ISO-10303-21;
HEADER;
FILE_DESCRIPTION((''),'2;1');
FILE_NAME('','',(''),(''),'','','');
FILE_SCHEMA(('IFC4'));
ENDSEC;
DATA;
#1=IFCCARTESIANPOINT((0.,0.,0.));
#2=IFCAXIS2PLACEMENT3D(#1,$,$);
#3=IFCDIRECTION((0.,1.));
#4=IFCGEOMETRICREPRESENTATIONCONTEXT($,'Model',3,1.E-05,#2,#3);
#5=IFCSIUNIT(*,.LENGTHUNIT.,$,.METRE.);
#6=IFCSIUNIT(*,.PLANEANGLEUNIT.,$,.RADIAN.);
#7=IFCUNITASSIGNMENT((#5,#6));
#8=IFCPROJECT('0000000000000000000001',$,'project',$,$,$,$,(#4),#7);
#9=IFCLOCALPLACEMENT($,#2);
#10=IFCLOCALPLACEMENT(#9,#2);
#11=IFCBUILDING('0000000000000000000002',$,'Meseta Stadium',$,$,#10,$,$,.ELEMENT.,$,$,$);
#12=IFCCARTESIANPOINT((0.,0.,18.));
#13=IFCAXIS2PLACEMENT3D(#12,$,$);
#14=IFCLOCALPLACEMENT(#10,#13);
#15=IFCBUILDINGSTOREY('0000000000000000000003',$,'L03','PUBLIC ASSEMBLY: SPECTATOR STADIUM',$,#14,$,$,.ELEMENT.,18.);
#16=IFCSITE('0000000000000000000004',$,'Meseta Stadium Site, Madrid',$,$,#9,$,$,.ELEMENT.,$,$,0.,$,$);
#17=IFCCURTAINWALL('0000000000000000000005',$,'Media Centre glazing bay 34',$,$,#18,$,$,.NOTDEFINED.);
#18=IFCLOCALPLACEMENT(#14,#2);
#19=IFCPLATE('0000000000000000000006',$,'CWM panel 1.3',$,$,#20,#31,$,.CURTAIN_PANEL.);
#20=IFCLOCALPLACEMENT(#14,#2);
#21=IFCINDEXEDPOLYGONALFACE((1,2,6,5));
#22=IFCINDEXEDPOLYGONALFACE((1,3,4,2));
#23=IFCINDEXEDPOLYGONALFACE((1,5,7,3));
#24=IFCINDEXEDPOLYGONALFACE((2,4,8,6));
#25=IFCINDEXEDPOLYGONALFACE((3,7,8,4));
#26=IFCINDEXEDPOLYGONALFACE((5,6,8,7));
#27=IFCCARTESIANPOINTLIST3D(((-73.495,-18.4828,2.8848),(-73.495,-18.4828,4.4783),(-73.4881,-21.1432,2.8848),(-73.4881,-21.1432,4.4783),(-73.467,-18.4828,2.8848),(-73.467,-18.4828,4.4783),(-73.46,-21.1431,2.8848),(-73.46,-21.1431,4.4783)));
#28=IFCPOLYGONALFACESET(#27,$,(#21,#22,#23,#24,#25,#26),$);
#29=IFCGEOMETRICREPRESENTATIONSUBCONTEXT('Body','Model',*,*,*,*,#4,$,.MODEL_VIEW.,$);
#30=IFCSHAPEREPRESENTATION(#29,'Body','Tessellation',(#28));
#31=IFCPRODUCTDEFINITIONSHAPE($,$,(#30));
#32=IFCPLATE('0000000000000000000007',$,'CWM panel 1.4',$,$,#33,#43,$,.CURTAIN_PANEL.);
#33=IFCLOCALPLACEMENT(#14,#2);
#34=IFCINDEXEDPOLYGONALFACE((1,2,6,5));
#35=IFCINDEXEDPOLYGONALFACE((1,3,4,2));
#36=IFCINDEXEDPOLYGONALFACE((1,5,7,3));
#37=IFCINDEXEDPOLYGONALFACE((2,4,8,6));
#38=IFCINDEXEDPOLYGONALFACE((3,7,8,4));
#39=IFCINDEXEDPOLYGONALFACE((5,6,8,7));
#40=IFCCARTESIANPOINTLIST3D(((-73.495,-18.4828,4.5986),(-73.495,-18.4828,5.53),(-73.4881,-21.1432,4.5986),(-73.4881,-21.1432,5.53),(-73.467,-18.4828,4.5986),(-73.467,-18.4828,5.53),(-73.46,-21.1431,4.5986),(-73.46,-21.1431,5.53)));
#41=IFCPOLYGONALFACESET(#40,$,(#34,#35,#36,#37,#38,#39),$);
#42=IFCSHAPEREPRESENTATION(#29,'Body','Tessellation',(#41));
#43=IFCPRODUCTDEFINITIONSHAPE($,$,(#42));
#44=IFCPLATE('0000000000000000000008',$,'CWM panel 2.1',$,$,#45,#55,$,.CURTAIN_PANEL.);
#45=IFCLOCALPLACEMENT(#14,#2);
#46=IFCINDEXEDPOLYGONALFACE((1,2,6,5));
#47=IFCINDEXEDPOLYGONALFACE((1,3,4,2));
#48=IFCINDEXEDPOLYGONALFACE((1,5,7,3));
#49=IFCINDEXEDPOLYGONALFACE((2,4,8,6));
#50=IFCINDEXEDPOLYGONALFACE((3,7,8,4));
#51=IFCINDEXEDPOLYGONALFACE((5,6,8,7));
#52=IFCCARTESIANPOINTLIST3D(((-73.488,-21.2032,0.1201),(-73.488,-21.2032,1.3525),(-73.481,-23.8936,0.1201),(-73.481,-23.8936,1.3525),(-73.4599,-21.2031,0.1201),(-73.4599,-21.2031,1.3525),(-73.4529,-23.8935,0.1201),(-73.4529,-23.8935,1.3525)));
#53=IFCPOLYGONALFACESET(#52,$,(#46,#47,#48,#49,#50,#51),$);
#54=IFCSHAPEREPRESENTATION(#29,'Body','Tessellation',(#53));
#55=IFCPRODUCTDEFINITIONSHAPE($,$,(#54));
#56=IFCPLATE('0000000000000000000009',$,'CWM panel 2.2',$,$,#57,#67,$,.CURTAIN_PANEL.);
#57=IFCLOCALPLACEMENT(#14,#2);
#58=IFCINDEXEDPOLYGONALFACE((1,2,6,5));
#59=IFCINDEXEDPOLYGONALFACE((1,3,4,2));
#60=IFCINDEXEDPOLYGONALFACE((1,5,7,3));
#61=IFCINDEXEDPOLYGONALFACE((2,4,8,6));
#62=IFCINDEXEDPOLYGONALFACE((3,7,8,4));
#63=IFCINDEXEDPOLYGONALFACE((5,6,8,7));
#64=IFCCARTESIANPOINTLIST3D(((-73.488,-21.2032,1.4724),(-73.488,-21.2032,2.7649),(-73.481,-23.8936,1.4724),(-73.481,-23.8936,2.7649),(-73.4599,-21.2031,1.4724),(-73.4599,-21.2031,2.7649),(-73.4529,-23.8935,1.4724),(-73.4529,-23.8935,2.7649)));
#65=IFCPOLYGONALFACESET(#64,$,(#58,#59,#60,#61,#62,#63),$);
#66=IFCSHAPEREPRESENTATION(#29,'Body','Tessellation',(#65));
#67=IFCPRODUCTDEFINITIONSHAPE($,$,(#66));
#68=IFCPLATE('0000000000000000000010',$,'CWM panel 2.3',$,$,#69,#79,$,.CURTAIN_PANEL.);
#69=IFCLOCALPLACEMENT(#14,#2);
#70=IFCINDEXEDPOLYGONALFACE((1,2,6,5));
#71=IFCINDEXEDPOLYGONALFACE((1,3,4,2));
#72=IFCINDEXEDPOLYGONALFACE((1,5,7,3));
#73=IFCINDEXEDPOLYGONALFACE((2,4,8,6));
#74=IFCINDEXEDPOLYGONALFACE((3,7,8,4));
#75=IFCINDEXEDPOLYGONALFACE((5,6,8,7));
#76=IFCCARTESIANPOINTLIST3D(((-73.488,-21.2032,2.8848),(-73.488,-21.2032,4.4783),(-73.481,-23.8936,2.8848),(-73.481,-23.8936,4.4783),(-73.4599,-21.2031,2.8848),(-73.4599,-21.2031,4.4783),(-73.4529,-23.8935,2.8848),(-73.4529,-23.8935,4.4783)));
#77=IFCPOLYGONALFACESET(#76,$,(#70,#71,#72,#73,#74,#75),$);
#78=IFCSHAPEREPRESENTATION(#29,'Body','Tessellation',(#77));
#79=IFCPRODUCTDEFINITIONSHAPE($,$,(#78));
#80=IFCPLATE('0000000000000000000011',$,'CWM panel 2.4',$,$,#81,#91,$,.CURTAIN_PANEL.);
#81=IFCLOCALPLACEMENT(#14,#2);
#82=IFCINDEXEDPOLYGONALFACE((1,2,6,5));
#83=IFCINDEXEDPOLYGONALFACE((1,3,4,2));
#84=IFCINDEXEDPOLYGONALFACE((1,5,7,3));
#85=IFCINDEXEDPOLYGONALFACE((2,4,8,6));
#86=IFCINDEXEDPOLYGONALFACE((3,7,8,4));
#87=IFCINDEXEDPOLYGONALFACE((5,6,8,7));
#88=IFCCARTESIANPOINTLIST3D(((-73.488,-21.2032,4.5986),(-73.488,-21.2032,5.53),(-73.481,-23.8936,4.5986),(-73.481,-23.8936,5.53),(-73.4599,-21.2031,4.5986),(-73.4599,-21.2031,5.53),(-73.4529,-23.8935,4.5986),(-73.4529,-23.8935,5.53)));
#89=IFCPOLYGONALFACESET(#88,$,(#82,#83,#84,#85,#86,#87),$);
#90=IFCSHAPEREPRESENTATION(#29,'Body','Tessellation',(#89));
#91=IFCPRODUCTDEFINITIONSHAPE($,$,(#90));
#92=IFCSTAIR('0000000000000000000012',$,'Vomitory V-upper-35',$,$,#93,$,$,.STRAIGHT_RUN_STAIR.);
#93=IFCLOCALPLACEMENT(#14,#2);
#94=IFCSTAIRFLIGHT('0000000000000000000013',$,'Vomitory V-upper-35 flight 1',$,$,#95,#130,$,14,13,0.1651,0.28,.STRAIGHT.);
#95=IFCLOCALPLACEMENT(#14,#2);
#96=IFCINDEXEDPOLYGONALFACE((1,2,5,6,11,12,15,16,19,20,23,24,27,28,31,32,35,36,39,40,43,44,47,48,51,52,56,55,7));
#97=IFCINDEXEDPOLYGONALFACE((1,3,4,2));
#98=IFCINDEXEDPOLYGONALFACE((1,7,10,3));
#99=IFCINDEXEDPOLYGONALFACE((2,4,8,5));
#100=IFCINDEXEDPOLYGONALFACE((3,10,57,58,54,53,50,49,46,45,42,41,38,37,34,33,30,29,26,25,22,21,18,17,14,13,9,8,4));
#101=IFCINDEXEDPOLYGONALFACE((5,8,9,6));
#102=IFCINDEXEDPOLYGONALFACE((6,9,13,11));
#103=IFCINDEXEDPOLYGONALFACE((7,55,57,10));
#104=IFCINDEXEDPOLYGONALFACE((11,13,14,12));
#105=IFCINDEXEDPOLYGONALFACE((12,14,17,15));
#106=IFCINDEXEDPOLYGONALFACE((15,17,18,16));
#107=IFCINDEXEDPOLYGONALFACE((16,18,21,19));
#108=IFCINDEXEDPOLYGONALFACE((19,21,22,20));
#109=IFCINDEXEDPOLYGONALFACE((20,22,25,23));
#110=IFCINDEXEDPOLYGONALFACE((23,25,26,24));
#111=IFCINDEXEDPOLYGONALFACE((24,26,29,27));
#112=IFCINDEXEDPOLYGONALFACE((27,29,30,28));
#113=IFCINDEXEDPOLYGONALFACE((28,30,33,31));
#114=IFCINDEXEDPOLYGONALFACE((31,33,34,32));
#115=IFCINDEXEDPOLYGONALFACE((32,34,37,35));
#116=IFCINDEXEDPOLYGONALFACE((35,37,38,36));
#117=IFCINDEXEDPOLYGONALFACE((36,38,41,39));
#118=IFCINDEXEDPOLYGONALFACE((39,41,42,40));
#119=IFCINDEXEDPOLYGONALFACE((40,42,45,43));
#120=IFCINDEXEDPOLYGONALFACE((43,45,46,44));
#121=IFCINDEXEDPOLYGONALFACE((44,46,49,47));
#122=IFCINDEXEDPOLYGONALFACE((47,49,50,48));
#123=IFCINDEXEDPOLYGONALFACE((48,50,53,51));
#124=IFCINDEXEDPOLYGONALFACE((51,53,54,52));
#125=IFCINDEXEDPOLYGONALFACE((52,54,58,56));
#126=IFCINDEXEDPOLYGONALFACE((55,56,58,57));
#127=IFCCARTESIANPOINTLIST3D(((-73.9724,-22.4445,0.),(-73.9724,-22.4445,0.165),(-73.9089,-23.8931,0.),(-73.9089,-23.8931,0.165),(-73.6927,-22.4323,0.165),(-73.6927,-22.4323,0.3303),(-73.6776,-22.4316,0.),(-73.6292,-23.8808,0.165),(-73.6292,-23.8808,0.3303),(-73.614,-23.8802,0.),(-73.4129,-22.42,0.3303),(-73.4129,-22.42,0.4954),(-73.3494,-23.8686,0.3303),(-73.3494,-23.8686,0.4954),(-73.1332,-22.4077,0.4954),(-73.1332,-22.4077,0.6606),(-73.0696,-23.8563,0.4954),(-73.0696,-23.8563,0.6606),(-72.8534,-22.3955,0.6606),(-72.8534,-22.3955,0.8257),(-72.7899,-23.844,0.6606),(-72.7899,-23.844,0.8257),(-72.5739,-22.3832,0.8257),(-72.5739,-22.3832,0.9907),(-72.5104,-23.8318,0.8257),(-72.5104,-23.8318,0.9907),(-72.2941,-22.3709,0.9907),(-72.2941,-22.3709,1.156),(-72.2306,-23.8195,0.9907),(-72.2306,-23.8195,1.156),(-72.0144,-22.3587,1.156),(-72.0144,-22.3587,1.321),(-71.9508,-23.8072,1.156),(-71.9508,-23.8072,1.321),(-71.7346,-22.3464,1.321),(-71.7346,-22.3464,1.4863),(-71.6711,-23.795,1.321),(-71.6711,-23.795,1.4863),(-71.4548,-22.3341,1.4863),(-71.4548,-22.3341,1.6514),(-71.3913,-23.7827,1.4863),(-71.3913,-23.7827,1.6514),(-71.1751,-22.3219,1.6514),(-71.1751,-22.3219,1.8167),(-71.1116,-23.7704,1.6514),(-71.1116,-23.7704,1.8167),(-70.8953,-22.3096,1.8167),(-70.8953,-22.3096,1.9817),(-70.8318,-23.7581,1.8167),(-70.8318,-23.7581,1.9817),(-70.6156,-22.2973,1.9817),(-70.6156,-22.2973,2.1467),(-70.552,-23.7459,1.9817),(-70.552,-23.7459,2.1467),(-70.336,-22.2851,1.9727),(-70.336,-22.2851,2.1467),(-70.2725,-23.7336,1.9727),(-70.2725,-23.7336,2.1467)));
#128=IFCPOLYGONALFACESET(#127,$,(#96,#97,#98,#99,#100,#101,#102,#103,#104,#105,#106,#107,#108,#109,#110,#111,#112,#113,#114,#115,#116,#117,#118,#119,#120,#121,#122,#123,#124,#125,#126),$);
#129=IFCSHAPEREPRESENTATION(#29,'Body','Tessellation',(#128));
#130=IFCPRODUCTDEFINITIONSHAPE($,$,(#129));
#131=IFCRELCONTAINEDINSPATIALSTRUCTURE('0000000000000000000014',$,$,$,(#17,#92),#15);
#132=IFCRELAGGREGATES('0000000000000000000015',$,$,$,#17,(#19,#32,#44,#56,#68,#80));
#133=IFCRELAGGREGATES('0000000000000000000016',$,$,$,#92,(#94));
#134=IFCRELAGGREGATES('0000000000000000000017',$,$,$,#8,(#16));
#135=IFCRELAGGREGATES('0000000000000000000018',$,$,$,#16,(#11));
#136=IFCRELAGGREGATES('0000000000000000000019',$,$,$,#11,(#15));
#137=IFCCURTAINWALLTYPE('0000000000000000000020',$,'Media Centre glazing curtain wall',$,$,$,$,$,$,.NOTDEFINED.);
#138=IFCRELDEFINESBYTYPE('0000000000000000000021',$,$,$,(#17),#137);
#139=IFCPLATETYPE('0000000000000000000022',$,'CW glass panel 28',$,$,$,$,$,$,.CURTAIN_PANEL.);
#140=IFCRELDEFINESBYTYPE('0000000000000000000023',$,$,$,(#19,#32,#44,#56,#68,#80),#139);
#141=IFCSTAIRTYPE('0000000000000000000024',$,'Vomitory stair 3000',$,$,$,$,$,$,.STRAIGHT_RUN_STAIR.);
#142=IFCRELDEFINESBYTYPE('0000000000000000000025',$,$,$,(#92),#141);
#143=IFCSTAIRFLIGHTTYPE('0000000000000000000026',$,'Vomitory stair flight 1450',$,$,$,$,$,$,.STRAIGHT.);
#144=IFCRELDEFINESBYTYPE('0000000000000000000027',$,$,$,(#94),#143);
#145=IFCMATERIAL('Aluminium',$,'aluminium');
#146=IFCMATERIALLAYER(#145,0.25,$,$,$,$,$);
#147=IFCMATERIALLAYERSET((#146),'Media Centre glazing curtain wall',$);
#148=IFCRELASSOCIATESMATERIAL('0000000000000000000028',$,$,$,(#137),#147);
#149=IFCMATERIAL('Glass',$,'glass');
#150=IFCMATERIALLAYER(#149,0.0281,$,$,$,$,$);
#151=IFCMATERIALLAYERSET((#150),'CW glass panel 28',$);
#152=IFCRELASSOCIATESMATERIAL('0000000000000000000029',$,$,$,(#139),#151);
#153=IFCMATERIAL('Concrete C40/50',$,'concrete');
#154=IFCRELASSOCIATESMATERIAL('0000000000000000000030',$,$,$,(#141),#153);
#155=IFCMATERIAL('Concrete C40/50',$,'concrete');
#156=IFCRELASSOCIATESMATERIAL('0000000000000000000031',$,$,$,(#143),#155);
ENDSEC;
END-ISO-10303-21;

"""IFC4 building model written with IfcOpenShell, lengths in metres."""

from ifc_helpers import new_model, si_unit, direction, frame, origin, origin_2d, place, context, subcontext, project, spatial, polyline, rectangle, outline, extrude, material, layer, layer_set, type_object, element, aggregate, save


model = new_model("IFC4")

# Units and contexts
model_context = context("Model", 3, precision=1e-05, world=origin(), true_north=direction((0.0, 1.0)))
body_context = subcontext(model_context, "Body", "Model", "MODEL_VIEW")
ifc_project = project(units=[si_unit("LENGTHUNIT", "METRE"), si_unit("PLANEANGLEUNIT", "RADIAN")], contexts=[model_context])

# Site, building, storey
site_placement = place(None, origin())
site = spatial("IfcSite", under=ifc_project, at=site_placement, Name="Meseta Stadium Site, Madrid", CompositionType="ELEMENT", RefElevation=0.0)
building_placement = place(site_placement, origin())
building = spatial("IfcBuilding", under=site, at=building_placement, Name="Meseta Stadium", CompositionType="ELEMENT")
storey_placement = place(building_placement, frame((0.0, 0.0, 18.0)))
storey = spatial("IfcBuildingStorey", under=building, at=storey_placement, Name="L03", Description="PUBLIC ASSEMBLY: SPECTATOR STADIUM", CompositionType="ELEMENT", Elevation=18.0)

# Curtain wall, plates
ifc_material_1 = material(Name="Aluminium", Category="aluminium")
ifc_layer_1 = layer(ifc_material_1, 0.25)
ifc_layer_set_1 = layer_set([ifc_layer_1], Name="Media Centre glazing curtain wall")
curtain_wall_type = type_object("IfcCurtainWallType", Name="Media Centre glazing curtain wall", PredefinedType="NOTDEFINED", material=ifc_layer_set_1)
curtain_wall_placement = place(storey_placement, origin())
curtain_wall = element("IfcCurtainWall", 1, at=curtain_wall_placement, inside=storey, type_object=curtain_wall_type, Name="Media Centre glazing bay 34", PredefinedType="NOTDEFINED")
ifc_material_2 = material(Name="Glass", Category="glass")
ifc_layer_2 = layer(ifc_material_2, 0.0281)
ifc_layer_set_2 = layer_set([ifc_layer_2], Name="CW glass panel 28")
plate_type = type_object("IfcPlateType", Name="CW glass panel 28", PredefinedType="CURTAIN_PANEL", material=ifc_layer_set_2)
plate_1_placement = place(storey_placement, frame((-73.4775, -19.813, 2.8848), z_axis=(0.0, 0.0, 1.0), x_axis=(0.002606, -0.999997, 0.0)))
plate_1 = element("IfcPlate", 2, at=plate_1_placement, type_object=plate_type, Name="CWM panel 1.3", PredefinedType="CURTAIN_PANEL", context=body_context, shape_type="SweptSolid", body=[
    extrude(rectangle(XDim=2.6604, YDim=0.0281, at=origin_2d()), origin(), (0.0, 0.0, 1.0), 1.5935),
])
plate_2_placement = place(storey_placement, frame((-73.4775, -19.813, 4.5986), z_axis=(0.0, 0.0, 1.0), x_axis=(0.002606, -0.999997, 0.0)))
plate_2 = element("IfcPlate", 3, at=plate_2_placement, type_object=plate_type, Name="CWM panel 1.4", PredefinedType="CURTAIN_PANEL", context=body_context, shape_type="SweptSolid", body=[
    extrude(rectangle(XDim=2.6604, YDim=0.0281, at=origin_2d()), origin(), (0.0, 0.0, 1.0), 0.9314),
])
plate_3_placement = place(storey_placement, frame((-73.4705, -22.5483, 0.1201), z_axis=(0.0, 0.0, 1.0), x_axis=(0.002606, -0.999997, 0.0)))
plate_3 = element("IfcPlate", 4, at=plate_3_placement, type_object=plate_type, Name="CWM panel 2.1", PredefinedType="CURTAIN_PANEL", context=body_context, shape_type="SweptSolid", body=[
    extrude(rectangle(XDim=2.6904, YDim=0.0281, at=origin_2d()), origin(), (0.0, 0.0, 1.0), 1.2324),
])
plate_4_placement = place(storey_placement, frame((-73.4705, -22.5483, 1.4724), z_axis=(0.0, 0.0, 1.0), x_axis=(0.002606, -0.999997, 0.0)))
plate_4 = element("IfcPlate", 5, at=plate_4_placement, type_object=plate_type, Name="CWM panel 2.2", PredefinedType="CURTAIN_PANEL", context=body_context, shape_type="SweptSolid", body=[
    extrude(rectangle(XDim=2.6904, YDim=0.0281, at=origin_2d()), origin(), (0.0, 0.0, 1.0), 1.2925),
])
plate_5_placement = place(storey_placement, frame((-73.4705, -22.5483, 2.8848), z_axis=(0.0, 0.0, 1.0), x_axis=(0.002606, -0.999997, 0.0)))
plate_5 = element("IfcPlate", 6, at=plate_5_placement, type_object=plate_type, Name="CWM panel 2.3", PredefinedType="CURTAIN_PANEL", context=body_context, shape_type="SweptSolid", body=[
    extrude(rectangle(XDim=2.6904, YDim=0.0281, at=origin_2d()), origin(), (0.0, 0.0, 1.0), 1.5935),
])
plate_6_placement = place(storey_placement, frame((-73.4705, -22.5483, 4.5986), z_axis=(0.0, 0.0, 1.0), x_axis=(0.002606, -0.999997, 0.0)))
plate_6 = element("IfcPlate", 7, at=plate_6_placement, type_object=plate_type, Name="CWM panel 2.4", PredefinedType="CURTAIN_PANEL", context=body_context, shape_type="SweptSolid", body=[
    extrude(rectangle(XDim=2.6904, YDim=0.0281, at=origin_2d()), origin(), (0.0, 0.0, 1.0), 0.9314),
])
aggregate(curtain_wall, [plate_1, plate_2, plate_3, plate_4, plate_5, plate_6])

# Stair, stair flight
ifc_material_3 = material(Name="Concrete C40/50", Category="concrete")
stair_type = type_object("IfcStairType", Name="Vomitory stair 3000", PredefinedType="STRAIGHT_RUN_STAIR", material=ifc_material_3)
stair_placement = place(storey_placement, origin())
stair = element("IfcStair", 8, at=stair_placement, inside=storey, type_object=stair_type, Name="Vomitory V-upper-35", PredefinedType="STRAIGHT_RUN_STAIR")
ifc_material_4 = material(Name="Concrete C40/50", Category="concrete")
stair_flight_type = type_object("IfcStairFlightType", Name="Vomitory stair flight 1450", PredefinedType="STRAIGHT", material=ifc_material_4)
stair_flight_placement = place(storey_placement, frame((-73.9407, -23.1689, 0.0), z_axis=(0.0, 0.0, 1.0), x_axis=(0.99904, 0.043818, 0.0)))
stair_flight = element("IfcStairFlight", 9, at=stair_flight_placement, type_object=stair_flight_type, Name="Vomitory V-upper-35 flight 1", NumberOfRisers=14, NumberOfTreads=13, PredefinedType="STRAIGHT", RiserHeight=0.1651, TreadLength=0.28, context=body_context, shape_type="SweptSolid", body=[
    extrude(outline(polyline([(0.0, 0.0), (0.0, 0.165), (0.28, 0.165), (0.28, 0.3303), (0.5601, 0.3303), (0.5601, 0.4954), (0.8401, 0.4954), (0.8401, 0.6606), (1.1201, 0.6606), (1.1201, 0.8257), (1.3999, 0.8257), (1.3999, 0.9907), (1.6799, 0.9907), (1.6799, 1.156), (1.96, 1.156), (1.96, 1.321), (2.24, 1.321), (2.24, 1.4863), (2.52, 1.4863), (2.52, 1.6514), (2.8, 1.6514), (2.8, 1.8167), (3.0801, 1.8167), (3.0801, 1.9817), (3.3601, 1.9817), (3.3601, 2.1467), (3.6399, 2.1467), (3.6399, 1.9727), (0.2952, 0.0), (0.0, 0.0)])), frame((0.0, 0.7251, 0.0), z_axis=(0.0, -1.0, 0.0), x_axis=(1.0, 0.0, 0.0)), (0.0, 0.0, 1.0), 1.45),
])
aggregate(stair, [stair_flight])

save(model, "model.ifc")
